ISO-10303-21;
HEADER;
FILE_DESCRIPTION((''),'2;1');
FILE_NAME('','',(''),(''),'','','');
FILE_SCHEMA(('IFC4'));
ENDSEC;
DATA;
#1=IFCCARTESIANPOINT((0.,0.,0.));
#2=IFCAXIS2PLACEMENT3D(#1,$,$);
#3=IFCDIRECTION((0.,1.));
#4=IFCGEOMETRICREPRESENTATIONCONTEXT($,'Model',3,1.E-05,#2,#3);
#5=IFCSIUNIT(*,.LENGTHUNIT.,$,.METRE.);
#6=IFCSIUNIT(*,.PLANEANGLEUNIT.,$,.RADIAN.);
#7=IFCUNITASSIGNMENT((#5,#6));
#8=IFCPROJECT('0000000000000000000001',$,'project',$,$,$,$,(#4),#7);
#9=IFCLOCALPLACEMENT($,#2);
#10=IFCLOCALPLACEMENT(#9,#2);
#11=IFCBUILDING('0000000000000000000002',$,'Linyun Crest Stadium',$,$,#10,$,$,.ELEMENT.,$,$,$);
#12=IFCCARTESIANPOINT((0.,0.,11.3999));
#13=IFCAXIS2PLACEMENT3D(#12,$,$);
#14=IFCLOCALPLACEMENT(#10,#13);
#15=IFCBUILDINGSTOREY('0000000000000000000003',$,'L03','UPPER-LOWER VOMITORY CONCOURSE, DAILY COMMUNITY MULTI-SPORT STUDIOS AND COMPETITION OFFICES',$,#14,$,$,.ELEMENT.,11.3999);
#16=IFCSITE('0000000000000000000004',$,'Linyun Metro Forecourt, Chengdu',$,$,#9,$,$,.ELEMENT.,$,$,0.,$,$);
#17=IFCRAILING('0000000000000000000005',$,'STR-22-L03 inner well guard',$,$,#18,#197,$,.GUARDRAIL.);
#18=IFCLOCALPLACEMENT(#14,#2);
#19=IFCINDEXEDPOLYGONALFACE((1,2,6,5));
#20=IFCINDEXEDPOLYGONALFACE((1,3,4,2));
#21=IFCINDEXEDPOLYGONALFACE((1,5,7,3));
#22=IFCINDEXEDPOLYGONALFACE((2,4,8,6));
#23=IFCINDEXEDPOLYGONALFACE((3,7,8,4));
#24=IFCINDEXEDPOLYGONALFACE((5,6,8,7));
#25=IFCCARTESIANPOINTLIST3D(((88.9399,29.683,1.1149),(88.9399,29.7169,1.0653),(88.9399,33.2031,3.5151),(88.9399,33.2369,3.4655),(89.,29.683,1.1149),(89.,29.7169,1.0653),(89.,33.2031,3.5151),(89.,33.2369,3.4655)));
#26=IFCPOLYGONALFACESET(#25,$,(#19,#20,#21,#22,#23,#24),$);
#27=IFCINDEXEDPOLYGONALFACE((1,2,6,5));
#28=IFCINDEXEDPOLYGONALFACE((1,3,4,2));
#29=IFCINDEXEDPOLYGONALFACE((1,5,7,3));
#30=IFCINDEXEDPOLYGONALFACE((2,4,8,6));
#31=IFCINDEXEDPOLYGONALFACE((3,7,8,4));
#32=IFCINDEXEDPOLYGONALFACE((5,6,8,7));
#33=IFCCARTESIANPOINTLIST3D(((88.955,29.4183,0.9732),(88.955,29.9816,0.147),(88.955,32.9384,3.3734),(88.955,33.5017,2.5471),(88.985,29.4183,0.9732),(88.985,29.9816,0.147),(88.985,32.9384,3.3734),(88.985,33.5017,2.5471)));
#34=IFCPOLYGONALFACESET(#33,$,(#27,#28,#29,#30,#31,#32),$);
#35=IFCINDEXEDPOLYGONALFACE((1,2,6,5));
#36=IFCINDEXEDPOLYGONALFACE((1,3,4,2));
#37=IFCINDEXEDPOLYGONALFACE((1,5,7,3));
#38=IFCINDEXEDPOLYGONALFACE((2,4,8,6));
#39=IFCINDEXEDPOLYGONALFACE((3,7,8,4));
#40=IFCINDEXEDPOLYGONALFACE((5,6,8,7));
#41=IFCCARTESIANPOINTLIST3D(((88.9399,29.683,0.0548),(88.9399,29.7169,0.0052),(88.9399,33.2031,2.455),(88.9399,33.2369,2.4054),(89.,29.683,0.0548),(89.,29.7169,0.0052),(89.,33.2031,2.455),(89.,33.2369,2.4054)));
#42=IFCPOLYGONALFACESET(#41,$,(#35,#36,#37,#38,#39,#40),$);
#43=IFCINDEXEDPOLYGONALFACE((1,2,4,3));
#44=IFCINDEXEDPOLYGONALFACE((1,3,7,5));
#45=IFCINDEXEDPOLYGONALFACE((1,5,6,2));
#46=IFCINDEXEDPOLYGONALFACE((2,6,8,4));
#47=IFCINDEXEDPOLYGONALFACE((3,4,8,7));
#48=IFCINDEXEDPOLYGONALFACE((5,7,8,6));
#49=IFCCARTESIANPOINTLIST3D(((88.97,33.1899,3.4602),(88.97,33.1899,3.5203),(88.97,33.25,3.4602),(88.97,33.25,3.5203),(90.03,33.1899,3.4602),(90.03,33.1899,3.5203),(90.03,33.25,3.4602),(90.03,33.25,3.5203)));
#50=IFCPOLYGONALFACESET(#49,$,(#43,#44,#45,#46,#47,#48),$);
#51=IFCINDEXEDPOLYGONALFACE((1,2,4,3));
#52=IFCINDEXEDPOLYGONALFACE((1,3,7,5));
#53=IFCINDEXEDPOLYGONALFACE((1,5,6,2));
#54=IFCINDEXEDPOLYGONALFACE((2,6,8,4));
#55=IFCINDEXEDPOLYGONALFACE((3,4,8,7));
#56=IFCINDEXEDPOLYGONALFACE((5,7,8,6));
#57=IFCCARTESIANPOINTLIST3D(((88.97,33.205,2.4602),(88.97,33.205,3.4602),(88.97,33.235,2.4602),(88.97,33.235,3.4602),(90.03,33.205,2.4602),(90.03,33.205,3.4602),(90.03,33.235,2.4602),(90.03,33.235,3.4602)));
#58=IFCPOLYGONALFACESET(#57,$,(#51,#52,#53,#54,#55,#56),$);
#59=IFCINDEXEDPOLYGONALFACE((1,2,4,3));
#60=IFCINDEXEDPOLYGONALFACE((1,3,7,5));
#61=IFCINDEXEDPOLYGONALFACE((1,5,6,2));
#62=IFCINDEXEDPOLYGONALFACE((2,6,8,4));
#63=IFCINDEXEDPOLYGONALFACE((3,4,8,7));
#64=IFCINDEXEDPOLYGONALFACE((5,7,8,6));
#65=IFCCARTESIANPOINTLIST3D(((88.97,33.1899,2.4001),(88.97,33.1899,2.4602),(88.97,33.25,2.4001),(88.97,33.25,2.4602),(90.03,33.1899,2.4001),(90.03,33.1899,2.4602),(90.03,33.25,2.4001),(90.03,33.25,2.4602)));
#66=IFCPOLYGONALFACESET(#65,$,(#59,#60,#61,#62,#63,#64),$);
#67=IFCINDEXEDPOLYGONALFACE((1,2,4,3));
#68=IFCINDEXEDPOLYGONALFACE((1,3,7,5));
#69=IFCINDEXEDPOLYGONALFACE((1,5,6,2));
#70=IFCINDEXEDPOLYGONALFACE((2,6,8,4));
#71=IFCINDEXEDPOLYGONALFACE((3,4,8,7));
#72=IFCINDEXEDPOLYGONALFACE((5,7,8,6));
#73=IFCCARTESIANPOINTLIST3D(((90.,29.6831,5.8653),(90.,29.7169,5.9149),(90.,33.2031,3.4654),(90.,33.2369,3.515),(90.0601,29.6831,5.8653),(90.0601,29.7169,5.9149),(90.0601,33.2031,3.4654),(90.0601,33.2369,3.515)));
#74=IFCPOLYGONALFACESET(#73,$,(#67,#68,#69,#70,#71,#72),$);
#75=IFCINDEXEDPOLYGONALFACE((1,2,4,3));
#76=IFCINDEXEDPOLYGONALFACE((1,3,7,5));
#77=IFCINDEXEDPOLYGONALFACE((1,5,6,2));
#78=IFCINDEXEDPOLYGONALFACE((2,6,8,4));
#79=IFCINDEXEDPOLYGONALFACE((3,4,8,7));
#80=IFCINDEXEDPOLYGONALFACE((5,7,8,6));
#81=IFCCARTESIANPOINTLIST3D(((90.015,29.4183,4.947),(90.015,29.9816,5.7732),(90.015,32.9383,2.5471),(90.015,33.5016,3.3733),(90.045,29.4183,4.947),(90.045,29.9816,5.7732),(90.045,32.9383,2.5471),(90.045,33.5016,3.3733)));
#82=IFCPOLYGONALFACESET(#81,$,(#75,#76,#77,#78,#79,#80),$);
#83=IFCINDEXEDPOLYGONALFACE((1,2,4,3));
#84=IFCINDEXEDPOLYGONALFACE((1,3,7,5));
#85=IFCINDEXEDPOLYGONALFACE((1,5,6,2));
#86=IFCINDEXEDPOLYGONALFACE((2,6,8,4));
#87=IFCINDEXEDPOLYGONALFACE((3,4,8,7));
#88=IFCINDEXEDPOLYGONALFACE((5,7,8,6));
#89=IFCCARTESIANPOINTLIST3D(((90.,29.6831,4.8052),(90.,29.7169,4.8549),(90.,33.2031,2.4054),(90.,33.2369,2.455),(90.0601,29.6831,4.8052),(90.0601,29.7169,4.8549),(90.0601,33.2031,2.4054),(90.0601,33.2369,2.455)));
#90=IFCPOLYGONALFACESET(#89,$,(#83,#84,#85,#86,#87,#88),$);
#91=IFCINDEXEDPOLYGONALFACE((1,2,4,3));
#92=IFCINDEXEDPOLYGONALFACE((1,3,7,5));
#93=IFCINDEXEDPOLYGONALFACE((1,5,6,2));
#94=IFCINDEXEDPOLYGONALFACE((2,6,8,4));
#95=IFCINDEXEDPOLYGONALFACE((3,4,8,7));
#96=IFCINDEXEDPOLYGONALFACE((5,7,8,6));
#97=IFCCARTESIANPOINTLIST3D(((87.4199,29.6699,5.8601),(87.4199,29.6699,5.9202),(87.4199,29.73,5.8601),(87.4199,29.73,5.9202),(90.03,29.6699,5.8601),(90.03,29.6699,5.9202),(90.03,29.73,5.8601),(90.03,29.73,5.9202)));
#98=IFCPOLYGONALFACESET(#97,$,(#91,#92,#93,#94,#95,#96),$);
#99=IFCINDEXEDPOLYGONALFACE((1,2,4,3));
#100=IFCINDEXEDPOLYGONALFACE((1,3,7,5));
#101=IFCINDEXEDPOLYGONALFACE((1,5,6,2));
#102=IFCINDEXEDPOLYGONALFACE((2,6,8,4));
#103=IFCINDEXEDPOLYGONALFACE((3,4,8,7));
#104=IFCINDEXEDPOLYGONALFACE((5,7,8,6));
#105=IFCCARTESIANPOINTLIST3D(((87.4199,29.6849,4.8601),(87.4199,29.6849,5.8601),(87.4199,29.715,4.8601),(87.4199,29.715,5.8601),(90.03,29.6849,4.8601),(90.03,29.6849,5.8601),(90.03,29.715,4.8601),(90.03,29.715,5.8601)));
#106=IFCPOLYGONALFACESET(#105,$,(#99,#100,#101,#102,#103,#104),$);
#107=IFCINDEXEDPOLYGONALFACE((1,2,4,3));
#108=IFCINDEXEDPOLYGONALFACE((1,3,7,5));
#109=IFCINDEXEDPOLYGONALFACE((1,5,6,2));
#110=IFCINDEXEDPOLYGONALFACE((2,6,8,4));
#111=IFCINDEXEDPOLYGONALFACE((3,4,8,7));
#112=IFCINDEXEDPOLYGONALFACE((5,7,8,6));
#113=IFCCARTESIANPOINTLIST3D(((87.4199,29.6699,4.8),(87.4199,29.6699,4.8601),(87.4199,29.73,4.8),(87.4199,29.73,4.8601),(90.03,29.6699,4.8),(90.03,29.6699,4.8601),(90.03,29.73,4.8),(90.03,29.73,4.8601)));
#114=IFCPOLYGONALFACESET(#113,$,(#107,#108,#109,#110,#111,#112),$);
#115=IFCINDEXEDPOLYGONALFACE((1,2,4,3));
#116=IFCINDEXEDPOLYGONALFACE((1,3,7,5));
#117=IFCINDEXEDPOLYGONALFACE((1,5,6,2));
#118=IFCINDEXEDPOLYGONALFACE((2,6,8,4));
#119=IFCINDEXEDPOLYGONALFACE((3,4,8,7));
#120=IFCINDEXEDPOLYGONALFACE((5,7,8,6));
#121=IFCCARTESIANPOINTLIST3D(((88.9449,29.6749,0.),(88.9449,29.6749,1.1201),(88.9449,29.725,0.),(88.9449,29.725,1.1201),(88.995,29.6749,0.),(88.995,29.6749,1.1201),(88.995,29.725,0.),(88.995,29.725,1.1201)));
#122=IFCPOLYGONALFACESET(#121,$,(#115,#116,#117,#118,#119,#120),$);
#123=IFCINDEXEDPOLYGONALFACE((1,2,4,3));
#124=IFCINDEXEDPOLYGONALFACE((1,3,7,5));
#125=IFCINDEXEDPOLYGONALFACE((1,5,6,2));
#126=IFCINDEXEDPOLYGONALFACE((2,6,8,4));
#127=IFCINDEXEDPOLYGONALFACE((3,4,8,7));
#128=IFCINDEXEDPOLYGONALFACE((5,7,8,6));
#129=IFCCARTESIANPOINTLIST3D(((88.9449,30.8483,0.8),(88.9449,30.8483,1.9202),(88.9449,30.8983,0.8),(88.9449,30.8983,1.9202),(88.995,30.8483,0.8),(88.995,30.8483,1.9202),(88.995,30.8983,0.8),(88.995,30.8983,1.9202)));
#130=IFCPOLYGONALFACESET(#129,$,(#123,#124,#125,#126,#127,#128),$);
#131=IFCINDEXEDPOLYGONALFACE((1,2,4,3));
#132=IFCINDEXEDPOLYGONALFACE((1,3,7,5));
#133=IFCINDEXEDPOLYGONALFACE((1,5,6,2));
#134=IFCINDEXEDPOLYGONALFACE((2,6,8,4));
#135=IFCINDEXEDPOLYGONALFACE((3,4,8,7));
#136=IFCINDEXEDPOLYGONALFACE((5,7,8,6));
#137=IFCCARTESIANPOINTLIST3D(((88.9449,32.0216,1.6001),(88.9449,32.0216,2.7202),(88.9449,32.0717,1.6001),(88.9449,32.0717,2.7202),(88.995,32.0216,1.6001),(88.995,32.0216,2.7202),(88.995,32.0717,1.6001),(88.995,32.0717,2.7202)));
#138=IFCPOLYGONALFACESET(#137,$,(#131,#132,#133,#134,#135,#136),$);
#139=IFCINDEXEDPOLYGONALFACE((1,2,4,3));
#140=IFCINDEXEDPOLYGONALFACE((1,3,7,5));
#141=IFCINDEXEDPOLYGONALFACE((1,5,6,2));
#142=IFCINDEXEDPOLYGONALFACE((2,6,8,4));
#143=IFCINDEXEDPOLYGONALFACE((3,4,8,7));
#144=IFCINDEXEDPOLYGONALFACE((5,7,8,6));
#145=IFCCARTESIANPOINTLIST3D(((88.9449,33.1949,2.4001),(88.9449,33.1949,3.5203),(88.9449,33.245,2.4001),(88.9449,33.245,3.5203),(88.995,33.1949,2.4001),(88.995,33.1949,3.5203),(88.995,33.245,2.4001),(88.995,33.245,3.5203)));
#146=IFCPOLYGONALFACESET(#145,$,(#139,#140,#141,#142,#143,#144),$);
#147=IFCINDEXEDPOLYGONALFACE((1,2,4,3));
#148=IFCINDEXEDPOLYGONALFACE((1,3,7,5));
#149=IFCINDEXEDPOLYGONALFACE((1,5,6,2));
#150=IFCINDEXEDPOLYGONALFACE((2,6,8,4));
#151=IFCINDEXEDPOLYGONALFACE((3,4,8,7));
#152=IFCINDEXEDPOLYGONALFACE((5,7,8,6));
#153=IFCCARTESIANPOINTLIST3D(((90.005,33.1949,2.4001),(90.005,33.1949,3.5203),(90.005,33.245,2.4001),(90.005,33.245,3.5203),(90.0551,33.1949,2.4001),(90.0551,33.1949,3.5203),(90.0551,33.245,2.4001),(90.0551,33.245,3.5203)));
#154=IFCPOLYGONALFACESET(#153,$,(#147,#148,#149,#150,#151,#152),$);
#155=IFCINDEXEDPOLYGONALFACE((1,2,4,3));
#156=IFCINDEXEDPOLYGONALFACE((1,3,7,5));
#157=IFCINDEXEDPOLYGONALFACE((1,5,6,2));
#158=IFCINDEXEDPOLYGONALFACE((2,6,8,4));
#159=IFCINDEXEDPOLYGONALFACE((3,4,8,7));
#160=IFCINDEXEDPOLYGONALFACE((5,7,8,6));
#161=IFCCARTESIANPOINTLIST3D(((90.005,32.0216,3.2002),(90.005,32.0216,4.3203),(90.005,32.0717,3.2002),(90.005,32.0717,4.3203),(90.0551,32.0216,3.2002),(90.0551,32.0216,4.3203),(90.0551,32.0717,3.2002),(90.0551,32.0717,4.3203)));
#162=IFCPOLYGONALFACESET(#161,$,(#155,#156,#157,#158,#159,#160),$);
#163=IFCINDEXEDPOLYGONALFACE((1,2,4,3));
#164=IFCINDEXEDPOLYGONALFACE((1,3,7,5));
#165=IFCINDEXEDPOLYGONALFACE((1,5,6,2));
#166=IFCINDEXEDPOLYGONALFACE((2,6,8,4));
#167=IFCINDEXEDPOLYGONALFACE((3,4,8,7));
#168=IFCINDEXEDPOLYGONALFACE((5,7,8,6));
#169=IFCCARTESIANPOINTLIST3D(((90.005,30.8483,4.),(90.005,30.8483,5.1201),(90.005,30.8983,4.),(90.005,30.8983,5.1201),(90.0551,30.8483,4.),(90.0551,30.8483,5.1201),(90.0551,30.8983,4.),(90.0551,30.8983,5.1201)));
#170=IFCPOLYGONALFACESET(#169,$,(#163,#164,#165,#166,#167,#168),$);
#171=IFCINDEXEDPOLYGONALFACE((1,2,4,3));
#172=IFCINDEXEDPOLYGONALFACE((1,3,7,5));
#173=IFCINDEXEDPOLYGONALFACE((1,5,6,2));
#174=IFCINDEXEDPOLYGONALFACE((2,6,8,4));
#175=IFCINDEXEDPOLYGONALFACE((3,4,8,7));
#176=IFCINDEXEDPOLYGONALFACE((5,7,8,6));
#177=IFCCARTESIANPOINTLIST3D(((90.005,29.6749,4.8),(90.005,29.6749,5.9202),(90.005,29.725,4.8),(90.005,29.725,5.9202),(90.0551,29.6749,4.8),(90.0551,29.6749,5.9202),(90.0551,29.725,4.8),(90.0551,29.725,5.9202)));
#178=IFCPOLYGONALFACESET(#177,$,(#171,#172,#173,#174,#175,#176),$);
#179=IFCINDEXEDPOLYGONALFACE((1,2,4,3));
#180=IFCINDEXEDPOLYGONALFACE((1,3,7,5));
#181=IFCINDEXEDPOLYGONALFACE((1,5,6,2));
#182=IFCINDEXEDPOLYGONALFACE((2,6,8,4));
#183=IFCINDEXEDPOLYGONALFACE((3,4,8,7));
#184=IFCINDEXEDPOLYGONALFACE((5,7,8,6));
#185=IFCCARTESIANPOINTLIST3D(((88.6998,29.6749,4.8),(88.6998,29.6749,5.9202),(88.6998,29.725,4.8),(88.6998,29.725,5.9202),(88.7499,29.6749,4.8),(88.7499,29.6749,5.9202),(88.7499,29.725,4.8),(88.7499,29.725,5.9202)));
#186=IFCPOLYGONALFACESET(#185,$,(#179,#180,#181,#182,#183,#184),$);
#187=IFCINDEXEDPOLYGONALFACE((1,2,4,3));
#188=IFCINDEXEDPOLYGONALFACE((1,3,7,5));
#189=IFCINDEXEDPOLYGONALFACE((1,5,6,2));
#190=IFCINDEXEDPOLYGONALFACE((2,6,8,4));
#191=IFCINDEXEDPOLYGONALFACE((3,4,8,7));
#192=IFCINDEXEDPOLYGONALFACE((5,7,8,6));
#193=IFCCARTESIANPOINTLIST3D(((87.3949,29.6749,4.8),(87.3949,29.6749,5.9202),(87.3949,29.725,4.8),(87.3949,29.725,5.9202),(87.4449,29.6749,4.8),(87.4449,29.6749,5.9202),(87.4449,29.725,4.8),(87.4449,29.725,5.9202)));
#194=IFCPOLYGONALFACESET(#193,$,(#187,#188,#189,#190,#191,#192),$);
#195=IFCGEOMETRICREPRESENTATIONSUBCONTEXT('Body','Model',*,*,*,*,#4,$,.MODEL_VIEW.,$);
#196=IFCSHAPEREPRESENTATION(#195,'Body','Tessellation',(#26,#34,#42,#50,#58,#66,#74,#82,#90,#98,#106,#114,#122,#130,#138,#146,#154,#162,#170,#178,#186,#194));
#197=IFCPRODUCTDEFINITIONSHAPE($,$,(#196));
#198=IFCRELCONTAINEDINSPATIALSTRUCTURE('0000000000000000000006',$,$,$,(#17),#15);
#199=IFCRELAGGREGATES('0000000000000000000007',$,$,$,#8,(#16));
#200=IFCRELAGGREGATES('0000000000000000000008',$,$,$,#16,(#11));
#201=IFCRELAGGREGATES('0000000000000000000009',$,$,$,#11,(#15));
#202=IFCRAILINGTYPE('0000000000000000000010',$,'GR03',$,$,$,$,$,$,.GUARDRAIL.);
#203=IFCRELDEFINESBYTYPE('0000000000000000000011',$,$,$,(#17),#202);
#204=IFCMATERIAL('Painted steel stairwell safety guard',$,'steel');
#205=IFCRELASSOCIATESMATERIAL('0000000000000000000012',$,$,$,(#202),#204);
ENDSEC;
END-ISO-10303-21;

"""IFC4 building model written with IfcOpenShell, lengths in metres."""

from ifc_helpers import new_model, si_unit, direction, frame, origin, origin_2d, place, context, subcontext, project, spatial, rectangle, extrude, material, type_object, element, save


model = new_model("IFC4")

# Units and contexts
model_context = context("Model", 3, precision=1e-05, world=origin(), true_north=direction((0.0, 1.0)))
body_context = subcontext(model_context, "Body", "Model", "MODEL_VIEW")
ifc_project = project(units=[si_unit("LENGTHUNIT", "METRE"), si_unit("PLANEANGLEUNIT", "RADIAN")], contexts=[model_context])

# Site, building, storey
site_placement = place(None, origin())
site = spatial("IfcSite", under=ifc_project, at=site_placement, Name="Linyun Metro Forecourt, Chengdu", CompositionType="ELEMENT", RefElevation=0.0)
building_placement = place(site_placement, origin())
building = spatial("IfcBuilding", under=site, at=building_placement, Name="Linyun Crest Stadium", CompositionType="ELEMENT")
storey_placement = place(building_placement, frame((0.0, 0.0, 11.3999)))
storey = spatial("IfcBuildingStorey", under=building, at=storey_placement, Name="L03", Description="UPPER-LOWER VOMITORY CONCOURSE, DAILY COMMUNITY MULTI-SPORT STUDIOS AND COMPETITION OFFICES", CompositionType="ELEMENT", Elevation=11.3999)

# Railing
ifc_material_1 = material(Name="Painted steel stairwell safety guard", Category="steel")
railing_type_1 = type_object("IfcRailingType", Name="GR03", PredefinedType="GUARDRAIL", material=ifc_material_1)
railing_1_placement = place(storey_placement, frame((88.97, 29.7, 0.0)))
element("IfcRailing", 1, at=railing_1_placement, inside=storey, type_object=railing_type_1, Name="STR-22-L03 inner well guard", PredefinedType="GUARDRAIL", context=body_context, shape_type="SweptSolid", body=[
    extrude(rectangle(XDim=0.0601, YDim=0.0601, at=origin_2d()), frame((0.0, 0.0, 1.0901), z_axis=(0.0, 0.826213, 0.563358), x_axis=(-1.0, 0.0, 0.0)), (0.0, 0.0, 1.0), 4.2605),
    extrude(rectangle(XDim=0.03, YDim=1.0, at=origin_2d()), frame((0.0, 0.0, 0.5601), z_axis=(0.0, 0.826213, 0.563358), x_axis=(-1.0, 0.0, 0.0)), (0.0, 0.0, 1.0), 4.2605),
    extrude(rectangle(XDim=0.0601, YDim=0.0601, at=origin_2d()), frame((0.0, 0.0, 0.03), z_axis=(0.0, 0.826213, 0.563358), x_axis=(-1.0, 0.0, 0.0)), (0.0, 0.0, 1.0), 4.2605),
    extrude(rectangle(XDim=0.0601, YDim=0.0601, at=origin_2d()), frame((0.0, 3.52, 3.4902), z_axis=(1.0, 0.0, 0.0), x_axis=(0.0, 1.0, 0.0)), (0.0, 0.0, 1.0), 1.0601),
    extrude(rectangle(XDim=0.03, YDim=1.0, at=origin_2d()), frame((0.0, 3.52, 2.9602), z_axis=(1.0, 0.0, 0.0), x_axis=(0.0, 1.0, 0.0)), (0.0, 0.0, 1.0), 1.0601),
    extrude(rectangle(XDim=0.0601, YDim=0.0601, at=origin_2d()), frame((0.0, 3.52, 2.4302), z_axis=(1.0, 0.0, 0.0), x_axis=(0.0, 1.0, 0.0)), (0.0, 0.0, 1.0), 1.0601),
    extrude(rectangle(XDim=0.0601, YDim=0.0601, at=origin_2d()), frame((1.0601, 3.52, 3.4902), z_axis=(0.0, -0.826239, 0.563319), x_axis=(1.0, 0.0, 0.0)), (0.0, 0.0, 1.0), 4.2603),
    extrude(rectangle(XDim=0.03, YDim=1.0, at=origin_2d()), frame((1.0601, 3.52, 2.9602), z_axis=(0.0, -0.826239, 0.563319), x_axis=(1.0, 0.0, 0.0)), (0.0, 0.0, 1.0), 4.2603),
    extrude(rectangle(XDim=0.0601, YDim=0.0601, at=origin_2d()), frame((1.0601, 3.52, 2.4302), z_axis=(0.0, -0.826239, 0.563319), x_axis=(1.0, 0.0, 0.0)), (0.0, 0.0, 1.0), 4.2603),
    extrude(rectangle(XDim=0.0601, YDim=0.0601, at=origin_2d()), frame((1.0601, 0.0, 5.8901), z_axis=(-1.0, 0.0, 0.0), x_axis=(0.0, -1.0, 0.0)), (0.0, 0.0, 1.0), 2.6101),
    extrude(rectangle(XDim=0.03, YDim=1.0, at=origin_2d()), frame((1.0601, 0.0, 5.3601), z_axis=(-1.0, 0.0, 0.0), x_axis=(0.0, -1.0, 0.0)), (0.0, 0.0, 1.0), 2.6101),
    extrude(rectangle(XDim=0.0601, YDim=0.0601, at=origin_2d()), frame((1.0601, 0.0, 4.8301), z_axis=(-1.0, 0.0, 0.0), x_axis=(0.0, -1.0, 0.0)), (0.0, 0.0, 1.0), 2.6101),
    extrude(rectangle(XDim=0.05, YDim=0.05, at=origin_2d()), origin(), (0.0, 0.0, 1.0), 1.1201),
    extrude(rectangle(XDim=0.05, YDim=0.05, at=origin_2d()), frame((0.0, 1.1733, 0.8)), (0.0, 0.0, 1.0), 1.1201),
    extrude(rectangle(XDim=0.05, YDim=0.05, at=origin_2d()), frame((0.0, 2.3467, 1.6001)), (0.0, 0.0, 1.0), 1.1201),
    extrude(rectangle(XDim=0.05, YDim=0.05, at=origin_2d()), frame((0.0, 3.52, 2.4001)), (0.0, 0.0, 1.0), 1.1201),
    extrude(rectangle(XDim=0.05, YDim=0.05, at=origin_2d()), frame((1.0601, 3.52, 2.4001)), (0.0, 0.0, 1.0), 1.1201),
    extrude(rectangle(XDim=0.05, YDim=0.05, at=origin_2d()), frame((1.0601, 2.3467, 3.2002)), (0.0, 0.0, 1.0), 1.1201),
    extrude(rectangle(XDim=0.05, YDim=0.05, at=origin_2d()), frame((1.0601, 1.1733, 4.0)), (0.0, 0.0, 1.0), 1.1201),
    extrude(rectangle(XDim=0.05, YDim=0.05, at=origin_2d()), frame((1.0601, 0.0, 4.8)), (0.0, 0.0, 1.0), 1.1201),
    extrude(rectangle(XDim=0.05, YDim=0.05, at=origin_2d()), frame((-0.2451, 0.0, 4.8)), (0.0, 0.0, 1.0), 1.1201),
    extrude(rectangle(XDim=0.05, YDim=0.05, at=origin_2d()), frame((-1.55, 0.0, 4.8)), (0.0, 0.0, 1.0), 1.1201),
])

save(model, "model.ifc")
